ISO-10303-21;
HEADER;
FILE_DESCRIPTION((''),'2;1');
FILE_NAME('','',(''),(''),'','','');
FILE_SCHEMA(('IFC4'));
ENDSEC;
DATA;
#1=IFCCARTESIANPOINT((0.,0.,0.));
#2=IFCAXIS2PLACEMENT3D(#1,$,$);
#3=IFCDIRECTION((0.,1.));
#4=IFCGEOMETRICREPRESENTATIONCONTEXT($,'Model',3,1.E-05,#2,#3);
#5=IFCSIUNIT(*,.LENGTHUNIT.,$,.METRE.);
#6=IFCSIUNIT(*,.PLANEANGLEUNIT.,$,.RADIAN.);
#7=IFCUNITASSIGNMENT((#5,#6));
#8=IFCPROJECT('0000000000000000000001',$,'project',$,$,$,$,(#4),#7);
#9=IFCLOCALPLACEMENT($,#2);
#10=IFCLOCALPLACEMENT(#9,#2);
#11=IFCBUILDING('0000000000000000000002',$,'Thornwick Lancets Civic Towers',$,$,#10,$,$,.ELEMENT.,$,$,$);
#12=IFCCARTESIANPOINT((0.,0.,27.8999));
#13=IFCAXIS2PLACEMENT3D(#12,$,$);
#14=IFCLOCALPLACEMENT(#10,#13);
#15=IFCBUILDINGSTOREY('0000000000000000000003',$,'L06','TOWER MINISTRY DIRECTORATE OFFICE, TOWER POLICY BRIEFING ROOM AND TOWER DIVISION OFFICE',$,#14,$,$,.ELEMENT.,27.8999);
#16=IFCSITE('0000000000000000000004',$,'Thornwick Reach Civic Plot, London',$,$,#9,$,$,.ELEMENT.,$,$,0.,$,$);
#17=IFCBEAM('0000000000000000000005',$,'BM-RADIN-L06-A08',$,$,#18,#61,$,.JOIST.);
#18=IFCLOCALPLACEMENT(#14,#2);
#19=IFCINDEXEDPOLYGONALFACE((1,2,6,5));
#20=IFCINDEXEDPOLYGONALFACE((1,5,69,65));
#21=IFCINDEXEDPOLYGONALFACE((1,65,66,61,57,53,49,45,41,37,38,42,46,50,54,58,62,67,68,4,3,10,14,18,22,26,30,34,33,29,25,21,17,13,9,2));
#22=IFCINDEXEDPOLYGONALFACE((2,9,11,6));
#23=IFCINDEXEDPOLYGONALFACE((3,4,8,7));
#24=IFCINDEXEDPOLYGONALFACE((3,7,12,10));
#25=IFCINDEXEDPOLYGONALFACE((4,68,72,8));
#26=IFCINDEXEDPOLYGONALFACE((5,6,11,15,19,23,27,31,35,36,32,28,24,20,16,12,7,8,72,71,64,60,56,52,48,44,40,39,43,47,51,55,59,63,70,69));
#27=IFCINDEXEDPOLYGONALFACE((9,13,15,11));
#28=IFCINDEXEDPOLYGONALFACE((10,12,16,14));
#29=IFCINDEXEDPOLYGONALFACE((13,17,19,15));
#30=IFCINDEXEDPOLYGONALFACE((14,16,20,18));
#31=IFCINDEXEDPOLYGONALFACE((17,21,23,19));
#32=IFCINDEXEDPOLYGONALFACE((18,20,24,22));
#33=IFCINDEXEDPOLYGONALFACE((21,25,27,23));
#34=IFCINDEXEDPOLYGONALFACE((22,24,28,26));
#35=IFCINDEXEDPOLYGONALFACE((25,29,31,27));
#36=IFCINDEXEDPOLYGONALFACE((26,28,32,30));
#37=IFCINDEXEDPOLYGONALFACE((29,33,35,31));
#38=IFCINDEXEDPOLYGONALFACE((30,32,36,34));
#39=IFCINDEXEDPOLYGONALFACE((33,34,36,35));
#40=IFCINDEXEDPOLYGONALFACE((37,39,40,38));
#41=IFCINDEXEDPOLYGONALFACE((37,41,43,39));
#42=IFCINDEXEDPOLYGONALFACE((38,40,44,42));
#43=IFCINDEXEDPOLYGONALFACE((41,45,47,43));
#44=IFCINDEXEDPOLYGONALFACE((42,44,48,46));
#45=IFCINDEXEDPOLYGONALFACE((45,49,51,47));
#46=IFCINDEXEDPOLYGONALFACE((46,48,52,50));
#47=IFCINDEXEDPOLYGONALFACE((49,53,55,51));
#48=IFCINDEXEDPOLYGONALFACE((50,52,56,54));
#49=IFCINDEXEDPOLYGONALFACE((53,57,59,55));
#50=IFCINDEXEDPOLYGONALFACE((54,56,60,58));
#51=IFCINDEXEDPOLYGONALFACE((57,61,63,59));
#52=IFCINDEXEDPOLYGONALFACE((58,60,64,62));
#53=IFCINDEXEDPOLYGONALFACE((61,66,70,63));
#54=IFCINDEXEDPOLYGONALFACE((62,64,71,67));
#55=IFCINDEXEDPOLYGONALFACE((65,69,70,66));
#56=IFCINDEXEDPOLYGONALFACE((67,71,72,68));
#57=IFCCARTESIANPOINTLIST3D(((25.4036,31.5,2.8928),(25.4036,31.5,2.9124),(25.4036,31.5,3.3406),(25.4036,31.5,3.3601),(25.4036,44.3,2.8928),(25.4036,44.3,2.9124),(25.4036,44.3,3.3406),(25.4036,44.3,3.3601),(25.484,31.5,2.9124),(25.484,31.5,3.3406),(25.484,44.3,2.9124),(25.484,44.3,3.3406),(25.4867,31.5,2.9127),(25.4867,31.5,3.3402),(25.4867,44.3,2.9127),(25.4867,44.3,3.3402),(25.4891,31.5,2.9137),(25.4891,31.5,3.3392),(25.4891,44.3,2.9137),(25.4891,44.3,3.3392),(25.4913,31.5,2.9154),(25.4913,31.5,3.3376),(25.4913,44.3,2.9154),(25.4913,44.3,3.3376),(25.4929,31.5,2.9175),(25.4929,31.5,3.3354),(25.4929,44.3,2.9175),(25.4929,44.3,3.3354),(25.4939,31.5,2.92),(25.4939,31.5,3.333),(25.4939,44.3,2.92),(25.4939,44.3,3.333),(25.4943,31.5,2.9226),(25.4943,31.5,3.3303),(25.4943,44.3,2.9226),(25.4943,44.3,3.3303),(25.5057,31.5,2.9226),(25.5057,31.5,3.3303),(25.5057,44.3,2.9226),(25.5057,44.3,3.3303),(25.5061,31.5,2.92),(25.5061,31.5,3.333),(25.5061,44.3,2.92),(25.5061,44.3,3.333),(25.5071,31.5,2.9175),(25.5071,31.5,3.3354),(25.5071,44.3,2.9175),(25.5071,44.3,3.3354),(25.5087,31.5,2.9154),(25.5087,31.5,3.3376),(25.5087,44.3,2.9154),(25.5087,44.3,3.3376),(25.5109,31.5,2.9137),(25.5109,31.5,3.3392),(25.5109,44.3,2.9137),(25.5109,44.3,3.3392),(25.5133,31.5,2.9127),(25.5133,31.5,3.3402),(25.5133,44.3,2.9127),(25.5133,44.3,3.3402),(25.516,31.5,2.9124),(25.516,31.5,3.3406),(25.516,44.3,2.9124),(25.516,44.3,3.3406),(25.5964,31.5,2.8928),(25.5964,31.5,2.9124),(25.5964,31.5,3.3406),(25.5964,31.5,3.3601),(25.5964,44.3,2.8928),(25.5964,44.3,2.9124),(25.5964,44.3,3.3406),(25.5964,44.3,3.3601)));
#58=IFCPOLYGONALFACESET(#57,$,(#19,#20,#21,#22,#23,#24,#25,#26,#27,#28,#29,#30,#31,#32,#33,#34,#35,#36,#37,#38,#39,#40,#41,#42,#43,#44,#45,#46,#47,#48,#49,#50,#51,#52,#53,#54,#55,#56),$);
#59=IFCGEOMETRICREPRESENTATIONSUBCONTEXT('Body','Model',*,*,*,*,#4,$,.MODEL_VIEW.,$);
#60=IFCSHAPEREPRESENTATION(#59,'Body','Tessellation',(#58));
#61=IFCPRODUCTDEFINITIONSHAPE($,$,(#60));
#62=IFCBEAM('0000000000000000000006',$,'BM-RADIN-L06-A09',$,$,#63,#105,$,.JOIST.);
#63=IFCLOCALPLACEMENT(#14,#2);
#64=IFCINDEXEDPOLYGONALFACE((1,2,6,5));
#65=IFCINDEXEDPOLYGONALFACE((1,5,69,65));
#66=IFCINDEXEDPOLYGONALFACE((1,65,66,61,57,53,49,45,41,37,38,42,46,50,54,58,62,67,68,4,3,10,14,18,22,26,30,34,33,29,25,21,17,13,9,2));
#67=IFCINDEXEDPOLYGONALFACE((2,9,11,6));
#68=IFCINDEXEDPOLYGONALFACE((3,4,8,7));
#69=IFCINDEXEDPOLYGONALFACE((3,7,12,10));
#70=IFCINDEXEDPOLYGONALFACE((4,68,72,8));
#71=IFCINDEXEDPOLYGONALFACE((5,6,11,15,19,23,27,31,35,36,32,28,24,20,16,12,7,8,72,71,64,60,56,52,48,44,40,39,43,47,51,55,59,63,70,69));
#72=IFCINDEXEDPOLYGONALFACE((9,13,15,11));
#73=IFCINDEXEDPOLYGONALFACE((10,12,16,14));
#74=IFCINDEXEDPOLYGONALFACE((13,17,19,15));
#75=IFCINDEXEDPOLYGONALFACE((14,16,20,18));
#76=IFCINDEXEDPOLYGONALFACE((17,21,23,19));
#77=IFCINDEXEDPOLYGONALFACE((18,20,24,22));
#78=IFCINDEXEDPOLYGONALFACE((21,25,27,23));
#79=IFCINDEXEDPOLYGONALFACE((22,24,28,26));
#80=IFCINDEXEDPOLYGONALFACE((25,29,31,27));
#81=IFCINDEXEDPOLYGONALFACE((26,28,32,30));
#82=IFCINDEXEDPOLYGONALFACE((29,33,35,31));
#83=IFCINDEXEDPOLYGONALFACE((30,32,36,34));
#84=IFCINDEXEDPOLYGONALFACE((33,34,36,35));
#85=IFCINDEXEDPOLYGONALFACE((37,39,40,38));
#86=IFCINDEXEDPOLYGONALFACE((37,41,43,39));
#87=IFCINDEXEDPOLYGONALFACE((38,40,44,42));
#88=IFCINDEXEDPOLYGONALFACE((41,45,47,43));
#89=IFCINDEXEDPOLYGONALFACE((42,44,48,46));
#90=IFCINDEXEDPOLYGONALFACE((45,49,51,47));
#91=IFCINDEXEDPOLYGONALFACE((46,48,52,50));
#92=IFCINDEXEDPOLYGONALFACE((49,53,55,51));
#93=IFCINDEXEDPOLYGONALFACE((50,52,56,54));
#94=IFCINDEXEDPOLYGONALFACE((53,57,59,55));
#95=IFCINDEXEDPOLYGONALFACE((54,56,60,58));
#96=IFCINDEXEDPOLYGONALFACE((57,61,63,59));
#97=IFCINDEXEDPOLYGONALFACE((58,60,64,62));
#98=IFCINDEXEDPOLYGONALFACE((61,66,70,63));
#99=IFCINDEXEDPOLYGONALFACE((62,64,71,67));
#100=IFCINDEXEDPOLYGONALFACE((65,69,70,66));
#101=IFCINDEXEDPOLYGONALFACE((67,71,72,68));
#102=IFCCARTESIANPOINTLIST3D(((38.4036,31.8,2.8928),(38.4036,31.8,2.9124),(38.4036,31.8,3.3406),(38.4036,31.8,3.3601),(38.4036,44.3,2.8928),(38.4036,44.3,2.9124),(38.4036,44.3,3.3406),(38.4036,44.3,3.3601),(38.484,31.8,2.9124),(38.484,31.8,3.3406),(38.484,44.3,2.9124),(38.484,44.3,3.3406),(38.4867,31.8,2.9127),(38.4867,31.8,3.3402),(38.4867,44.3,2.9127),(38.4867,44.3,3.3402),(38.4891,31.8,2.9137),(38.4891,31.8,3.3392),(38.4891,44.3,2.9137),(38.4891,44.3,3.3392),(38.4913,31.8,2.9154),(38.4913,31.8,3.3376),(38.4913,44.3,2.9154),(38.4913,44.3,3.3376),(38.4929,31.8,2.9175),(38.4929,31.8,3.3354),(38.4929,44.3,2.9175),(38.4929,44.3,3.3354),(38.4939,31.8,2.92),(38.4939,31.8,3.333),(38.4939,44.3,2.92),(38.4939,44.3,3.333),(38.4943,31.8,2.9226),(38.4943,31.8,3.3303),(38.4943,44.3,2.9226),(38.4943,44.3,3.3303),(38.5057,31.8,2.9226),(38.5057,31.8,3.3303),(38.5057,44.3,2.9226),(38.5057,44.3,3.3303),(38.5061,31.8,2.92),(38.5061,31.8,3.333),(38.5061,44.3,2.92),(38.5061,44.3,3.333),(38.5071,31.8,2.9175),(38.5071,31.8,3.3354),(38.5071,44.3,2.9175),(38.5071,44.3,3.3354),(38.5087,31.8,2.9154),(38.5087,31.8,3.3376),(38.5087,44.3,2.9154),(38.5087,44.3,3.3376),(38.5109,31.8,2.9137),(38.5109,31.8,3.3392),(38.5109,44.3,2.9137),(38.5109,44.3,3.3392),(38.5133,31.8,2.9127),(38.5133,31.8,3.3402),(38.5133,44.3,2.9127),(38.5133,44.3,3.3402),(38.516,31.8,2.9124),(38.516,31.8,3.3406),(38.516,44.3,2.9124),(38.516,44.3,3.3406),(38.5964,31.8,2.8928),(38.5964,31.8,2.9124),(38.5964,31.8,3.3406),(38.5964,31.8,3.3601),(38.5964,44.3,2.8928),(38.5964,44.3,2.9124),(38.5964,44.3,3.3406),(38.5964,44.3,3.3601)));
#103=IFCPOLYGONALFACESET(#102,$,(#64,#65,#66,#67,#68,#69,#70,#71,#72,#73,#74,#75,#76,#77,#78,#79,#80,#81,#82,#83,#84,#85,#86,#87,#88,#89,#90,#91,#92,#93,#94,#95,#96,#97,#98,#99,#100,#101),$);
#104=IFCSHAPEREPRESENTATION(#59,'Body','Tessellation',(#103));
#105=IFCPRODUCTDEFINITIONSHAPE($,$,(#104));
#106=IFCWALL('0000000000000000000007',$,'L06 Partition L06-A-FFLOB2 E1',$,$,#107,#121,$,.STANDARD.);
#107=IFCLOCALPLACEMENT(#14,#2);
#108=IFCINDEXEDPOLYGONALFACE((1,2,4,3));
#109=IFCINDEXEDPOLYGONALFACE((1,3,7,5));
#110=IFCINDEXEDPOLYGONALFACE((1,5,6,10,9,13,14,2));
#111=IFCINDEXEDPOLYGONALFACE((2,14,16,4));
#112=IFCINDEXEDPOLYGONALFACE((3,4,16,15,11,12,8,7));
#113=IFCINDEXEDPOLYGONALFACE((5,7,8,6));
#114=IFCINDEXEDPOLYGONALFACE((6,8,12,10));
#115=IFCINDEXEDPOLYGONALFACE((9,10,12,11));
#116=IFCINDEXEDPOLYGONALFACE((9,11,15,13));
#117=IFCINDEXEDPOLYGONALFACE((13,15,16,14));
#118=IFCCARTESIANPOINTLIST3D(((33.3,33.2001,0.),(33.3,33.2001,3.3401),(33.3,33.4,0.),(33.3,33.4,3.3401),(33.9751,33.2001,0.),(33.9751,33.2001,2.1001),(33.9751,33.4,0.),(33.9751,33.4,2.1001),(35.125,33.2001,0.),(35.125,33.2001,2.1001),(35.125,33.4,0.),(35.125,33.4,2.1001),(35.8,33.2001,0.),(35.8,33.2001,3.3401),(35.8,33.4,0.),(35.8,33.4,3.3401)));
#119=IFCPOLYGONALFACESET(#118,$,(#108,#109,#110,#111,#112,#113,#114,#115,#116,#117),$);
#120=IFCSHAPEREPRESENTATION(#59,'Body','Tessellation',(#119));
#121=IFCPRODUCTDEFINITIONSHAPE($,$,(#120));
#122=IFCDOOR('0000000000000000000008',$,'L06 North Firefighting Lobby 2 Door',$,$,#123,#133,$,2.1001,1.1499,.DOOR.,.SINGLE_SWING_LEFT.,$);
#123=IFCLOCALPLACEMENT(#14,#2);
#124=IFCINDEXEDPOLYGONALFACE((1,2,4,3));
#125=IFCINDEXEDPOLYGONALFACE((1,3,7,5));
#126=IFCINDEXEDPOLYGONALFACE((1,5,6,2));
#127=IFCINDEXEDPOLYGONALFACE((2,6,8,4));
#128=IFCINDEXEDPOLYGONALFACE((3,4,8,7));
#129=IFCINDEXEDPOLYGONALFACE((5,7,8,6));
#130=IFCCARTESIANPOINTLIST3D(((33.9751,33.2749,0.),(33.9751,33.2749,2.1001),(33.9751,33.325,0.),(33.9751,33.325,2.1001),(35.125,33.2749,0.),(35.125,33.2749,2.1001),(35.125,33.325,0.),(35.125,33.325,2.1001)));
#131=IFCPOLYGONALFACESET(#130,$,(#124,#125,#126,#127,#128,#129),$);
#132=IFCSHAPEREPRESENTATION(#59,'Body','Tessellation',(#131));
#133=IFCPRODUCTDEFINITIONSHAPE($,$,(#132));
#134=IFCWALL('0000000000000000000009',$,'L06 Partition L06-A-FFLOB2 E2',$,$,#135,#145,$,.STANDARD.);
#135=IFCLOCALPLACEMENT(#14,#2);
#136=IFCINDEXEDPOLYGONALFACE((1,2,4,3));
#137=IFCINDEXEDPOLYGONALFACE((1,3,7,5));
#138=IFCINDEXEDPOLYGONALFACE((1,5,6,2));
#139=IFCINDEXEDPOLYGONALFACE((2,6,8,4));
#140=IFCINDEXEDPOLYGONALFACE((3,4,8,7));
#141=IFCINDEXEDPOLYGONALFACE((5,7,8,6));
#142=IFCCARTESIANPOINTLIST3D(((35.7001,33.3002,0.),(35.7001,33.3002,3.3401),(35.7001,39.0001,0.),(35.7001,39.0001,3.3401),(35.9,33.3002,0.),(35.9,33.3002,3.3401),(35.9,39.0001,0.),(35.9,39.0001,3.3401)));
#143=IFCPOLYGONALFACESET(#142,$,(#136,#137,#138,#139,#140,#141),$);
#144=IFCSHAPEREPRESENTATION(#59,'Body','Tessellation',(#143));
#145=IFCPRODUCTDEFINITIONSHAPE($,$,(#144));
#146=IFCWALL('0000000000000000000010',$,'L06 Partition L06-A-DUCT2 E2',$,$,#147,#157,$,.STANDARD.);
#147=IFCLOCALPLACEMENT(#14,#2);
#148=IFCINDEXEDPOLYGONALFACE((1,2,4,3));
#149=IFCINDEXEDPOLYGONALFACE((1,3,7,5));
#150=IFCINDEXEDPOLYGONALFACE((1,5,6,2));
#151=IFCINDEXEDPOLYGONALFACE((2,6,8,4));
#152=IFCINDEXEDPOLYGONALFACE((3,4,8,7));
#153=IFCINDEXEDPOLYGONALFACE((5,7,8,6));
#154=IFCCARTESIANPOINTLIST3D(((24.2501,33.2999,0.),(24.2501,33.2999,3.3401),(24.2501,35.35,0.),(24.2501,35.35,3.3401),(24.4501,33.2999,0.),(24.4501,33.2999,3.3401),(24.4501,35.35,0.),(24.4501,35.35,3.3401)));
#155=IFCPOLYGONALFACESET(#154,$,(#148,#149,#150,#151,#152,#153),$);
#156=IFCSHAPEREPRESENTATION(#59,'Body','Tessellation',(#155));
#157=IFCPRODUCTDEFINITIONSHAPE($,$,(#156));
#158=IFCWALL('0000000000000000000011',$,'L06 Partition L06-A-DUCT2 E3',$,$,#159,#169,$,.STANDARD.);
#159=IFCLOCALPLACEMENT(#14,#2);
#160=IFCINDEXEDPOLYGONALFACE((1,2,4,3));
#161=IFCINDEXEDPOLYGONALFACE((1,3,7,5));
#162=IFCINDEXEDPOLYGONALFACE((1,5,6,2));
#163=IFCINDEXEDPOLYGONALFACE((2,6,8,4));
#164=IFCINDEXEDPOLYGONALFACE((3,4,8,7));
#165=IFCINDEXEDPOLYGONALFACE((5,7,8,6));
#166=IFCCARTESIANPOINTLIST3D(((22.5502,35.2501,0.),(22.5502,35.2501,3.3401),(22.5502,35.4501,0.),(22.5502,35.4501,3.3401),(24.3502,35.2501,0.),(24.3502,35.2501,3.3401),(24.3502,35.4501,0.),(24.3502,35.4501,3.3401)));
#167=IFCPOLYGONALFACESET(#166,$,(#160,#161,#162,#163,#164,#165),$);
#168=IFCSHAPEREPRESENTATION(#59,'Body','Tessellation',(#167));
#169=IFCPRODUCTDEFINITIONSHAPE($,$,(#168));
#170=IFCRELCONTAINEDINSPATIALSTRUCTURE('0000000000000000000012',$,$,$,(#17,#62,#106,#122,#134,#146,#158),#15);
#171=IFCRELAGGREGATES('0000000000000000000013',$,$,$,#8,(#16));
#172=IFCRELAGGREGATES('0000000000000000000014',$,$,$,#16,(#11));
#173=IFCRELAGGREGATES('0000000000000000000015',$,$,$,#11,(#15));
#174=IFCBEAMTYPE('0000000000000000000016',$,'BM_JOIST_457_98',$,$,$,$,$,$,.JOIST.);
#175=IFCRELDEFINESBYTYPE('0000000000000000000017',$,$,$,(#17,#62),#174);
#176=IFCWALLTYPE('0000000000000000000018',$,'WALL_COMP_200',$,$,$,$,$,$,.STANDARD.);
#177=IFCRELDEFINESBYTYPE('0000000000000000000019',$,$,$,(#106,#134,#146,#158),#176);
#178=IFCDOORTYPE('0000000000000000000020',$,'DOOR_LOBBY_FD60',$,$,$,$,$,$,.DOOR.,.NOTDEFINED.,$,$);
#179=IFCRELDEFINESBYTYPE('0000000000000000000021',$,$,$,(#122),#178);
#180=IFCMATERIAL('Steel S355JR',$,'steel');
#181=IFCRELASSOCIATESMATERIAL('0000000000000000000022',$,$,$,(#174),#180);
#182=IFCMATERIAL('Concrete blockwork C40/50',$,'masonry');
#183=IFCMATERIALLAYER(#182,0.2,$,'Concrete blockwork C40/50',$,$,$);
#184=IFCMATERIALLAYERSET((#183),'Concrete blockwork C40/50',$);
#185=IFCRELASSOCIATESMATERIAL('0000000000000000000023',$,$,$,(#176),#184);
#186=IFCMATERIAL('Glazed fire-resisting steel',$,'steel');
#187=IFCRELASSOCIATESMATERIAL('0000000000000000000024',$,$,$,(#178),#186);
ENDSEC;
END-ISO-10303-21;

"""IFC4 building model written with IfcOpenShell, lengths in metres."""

from ifc_helpers import new_model, si_unit, direction, frame, frame_2d, origin, origin_2d, place, context, subcontext, project, spatial, rectangle, i_section, extrude, material, layer, layer_set, material_profile, profile_set, type_object, element, fill, save


model = new_model("IFC4")

# Units and contexts
model_context = context("Model", 3, precision=1e-05, world=origin(), true_north=direction((0.0, 1.0)))
body_context = subcontext(model_context, "Body", "Model", "MODEL_VIEW")
ifc_project = project(units=[si_unit("LENGTHUNIT", "METRE"), si_unit("PLANEANGLEUNIT", "RADIAN")], contexts=[model_context])

# Site, building, storey
site_placement = place(None, origin())
site = spatial("IfcSite", under=ifc_project, at=site_placement, Name="Thornwick Reach Civic Plot, London", CompositionType="ELEMENT", RefElevation=0.0)
building_placement = place(site_placement, origin())
building = spatial("IfcBuilding", under=site, at=building_placement, Name="Thornwick Lancets Civic Towers", CompositionType="ELEMENT")
storey_placement = place(building_placement, frame((0.0, 0.0, 27.8999)))
storey = spatial("IfcBuildingStorey", under=building, at=storey_placement, Name="L06", Description="TOWER MINISTRY DIRECTORATE OFFICE, TOWER POLICY BRIEFING ROOM AND TOWER DIVISION OFFICE", CompositionType="ELEMENT", Elevation=27.8999)

# Beams
ifc_material_1 = material(Name="Steel S355JR", Category="steel")
ifc_material_profile_1 = material_profile(ifc_material_1, i_section(OverallWidth=0.1929, OverallDepth=0.4673, WebThickness=0.0115, FlangeThickness=0.0195, FilletRadius=0.0103, at=origin_2d()), Name="UKB 457x191x98")
ifc_profile_set_1 = profile_set([ifc_material_profile_1], Name="Steel S355JR")
beam_type_1 = type_object("IfcBeamType", Name="BM_JOIST_457_98", PredefinedType="JOIST", material=ifc_profile_set_1)
for number, where, z_axis, x_axis, name in (
    (1, (25.5, 31.5, 3.1265), (0.0, 1.0, 0.0), (-1.0, 0.0, 0.0), "BM-RADIN-L06-A08"),
):
    element("IfcBeam", number, at=place(storey_placement, frame(where, z_axis=z_axis, x_axis=x_axis)), inside=storey, type_object=beam_type_1, Name=name, PredefinedType="JOIST", context=body_context, shape_type="SweptSolid", body=[
        extrude(i_section(OverallWidth=0.1929, OverallDepth=0.4673, WebThickness=0.0115, FlangeThickness=0.0195, FilletRadius=0.0103, at=origin_2d()), origin(), (0.0, 0.0, 1.0), 12.8),
    ])
beam_1_placement = place(storey_placement, frame((38.5, 31.8, 3.1265), z_axis=(0.0, 1.0, 0.0), x_axis=(-1.0, 0.0, 0.0)))
element("IfcBeam", 2, at=beam_1_placement, inside=storey, type_object=beam_type_1, Name="BM-RADIN-L06-A09", PredefinedType="JOIST", context=body_context, shape_type="SweptSolid", body=[
    extrude(i_section(OverallWidth=0.1929, OverallDepth=0.4673, WebThickness=0.0115, FlangeThickness=0.0195, FilletRadius=0.0103, at=origin_2d()), origin(), (0.0, 0.0, 1.0), 12.5),
])

# Wall, opening, door
ifc_material_2 = material(Name="Concrete blockwork C40/50", Category="masonry")
ifc_layer_1 = layer(ifc_material_2, 0.2, Name="Concrete blockwork C40/50")
ifc_layer_set_1 = layer_set([ifc_layer_1], Name="Concrete blockwork C40/50")
wall_type_1 = type_object("IfcWallType", Name="WALL_COMP_200", PredefinedType="STANDARD", material=ifc_layer_set_1)
wall_1_placement = place(storey_placement, frame((33.3, 33.3, 0.0), z_axis=(0.0, 0.0, 1.0), x_axis=(1.0, 0.0, 0.0)))
wall_1 = element("IfcWall", 3, at=wall_1_placement, inside=storey, type_object=wall_type_1, Name="L06 Partition L06-A-FFLOB2 E1", PredefinedType="STANDARD", context=body_context, shape_type="SweptSolid", body=[
    extrude(rectangle(XDim=2.5, YDim=0.2, at=frame_2d((1.25, 0.0))), origin(), (0.0, 0.0, 1.0), 3.3401),
])
opening_1_placement = place(wall_1_placement, frame((0.675, 0.0, 0.0)))
opening_1 = element("IfcOpeningElement", 4, at=opening_1_placement, cuts=wall_1, PredefinedType="OPENING", context=body_context, shape_type="SweptSolid", body=[
    extrude(rectangle(XDim=1.1499, YDim=2.1001, at=frame_2d((0.575, 1.05))), frame((0.0, 0.1099, 0.0), z_axis=(0.0, -1.0, 0.0), x_axis=(1.0, 0.0, 0.0)), (0.0, 0.0, 1.0), 0.22),
])
ifc_material_3 = material(Name="Glazed fire-resisting steel", Category="steel")
door_type_1 = type_object("IfcDoorType", Name="DOOR_LOBBY_FD60", OperationType="NOTDEFINED", PredefinedType="DOOR", material=ifc_material_3)
door_1_placement = place(opening_1_placement, origin())
door_1 = element("IfcDoor", 5, at=door_1_placement, inside=storey, type_object=door_type_1, Name="L06 North Firefighting Lobby 2 Door", OperationType="SINGLE_SWING_LEFT", OverallHeight=2.1001, OverallWidth=1.1499, PredefinedType="DOOR", context=body_context, shape_type="SweptSolid", body=[
    extrude(rectangle(XDim=1.1499, YDim=2.1001, at=frame_2d((0.575, 1.05))), frame((0.0, 0.0249, 0.0), z_axis=(0.0, -1.0, 0.0), x_axis=(1.0, 0.0, 0.0)), (0.0, 0.0, 1.0), 0.05),
])
fill(opening_1, door_1)

# Walls
wall_2_placement = place(storey_placement, frame((35.8, 33.3, 0.0), z_axis=(0.0, 0.0, 1.0), x_axis=(0.0, 1.0, 0.0)))
element("IfcWall", 6, at=wall_2_placement, inside=storey, type_object=wall_type_1, Name="L06 Partition L06-A-FFLOB2 E2", PredefinedType="STANDARD", context=body_context, shape_type="SweptSolid", body=[
    extrude(rectangle(XDim=5.7, YDim=0.2, at=frame_2d((2.8501, 0.0))), origin(), (0.0, 0.0, 1.0), 3.3401),
])
wall_3_placement = place(storey_placement, frame((24.3501, 33.3, 0.0), z_axis=(0.0, 0.0, 1.0), x_axis=(0.0, 1.0, 0.0)))
element("IfcWall", 7, at=wall_3_placement, inside=storey, type_object=wall_type_1, Name="L06 Partition L06-A-DUCT2 E2", PredefinedType="STANDARD", context=body_context, shape_type="SweptSolid", body=[
    extrude(rectangle(XDim=2.05, YDim=0.2, at=frame_2d((1.0249, 0.0))), origin(), (0.0, 0.0, 1.0), 3.3401),
])
wall_4_placement = place(storey_placement, frame((24.3501, 35.3501, 0.0), z_axis=(0.0, 0.0, 1.0), x_axis=(-1.0, 0.0, 0.0)))
element("IfcWall", 8, at=wall_4_placement, inside=storey, type_object=wall_type_1, Name="L06 Partition L06-A-DUCT2 E3", PredefinedType="STANDARD", context=body_context, shape_type="SweptSolid", body=[
    extrude(rectangle(XDim=1.8, YDim=0.2, at=frame_2d((0.8999, 0.0))), origin(), (0.0, 0.0, 1.0), 3.3401),
])

save(model, "model.ifc")
